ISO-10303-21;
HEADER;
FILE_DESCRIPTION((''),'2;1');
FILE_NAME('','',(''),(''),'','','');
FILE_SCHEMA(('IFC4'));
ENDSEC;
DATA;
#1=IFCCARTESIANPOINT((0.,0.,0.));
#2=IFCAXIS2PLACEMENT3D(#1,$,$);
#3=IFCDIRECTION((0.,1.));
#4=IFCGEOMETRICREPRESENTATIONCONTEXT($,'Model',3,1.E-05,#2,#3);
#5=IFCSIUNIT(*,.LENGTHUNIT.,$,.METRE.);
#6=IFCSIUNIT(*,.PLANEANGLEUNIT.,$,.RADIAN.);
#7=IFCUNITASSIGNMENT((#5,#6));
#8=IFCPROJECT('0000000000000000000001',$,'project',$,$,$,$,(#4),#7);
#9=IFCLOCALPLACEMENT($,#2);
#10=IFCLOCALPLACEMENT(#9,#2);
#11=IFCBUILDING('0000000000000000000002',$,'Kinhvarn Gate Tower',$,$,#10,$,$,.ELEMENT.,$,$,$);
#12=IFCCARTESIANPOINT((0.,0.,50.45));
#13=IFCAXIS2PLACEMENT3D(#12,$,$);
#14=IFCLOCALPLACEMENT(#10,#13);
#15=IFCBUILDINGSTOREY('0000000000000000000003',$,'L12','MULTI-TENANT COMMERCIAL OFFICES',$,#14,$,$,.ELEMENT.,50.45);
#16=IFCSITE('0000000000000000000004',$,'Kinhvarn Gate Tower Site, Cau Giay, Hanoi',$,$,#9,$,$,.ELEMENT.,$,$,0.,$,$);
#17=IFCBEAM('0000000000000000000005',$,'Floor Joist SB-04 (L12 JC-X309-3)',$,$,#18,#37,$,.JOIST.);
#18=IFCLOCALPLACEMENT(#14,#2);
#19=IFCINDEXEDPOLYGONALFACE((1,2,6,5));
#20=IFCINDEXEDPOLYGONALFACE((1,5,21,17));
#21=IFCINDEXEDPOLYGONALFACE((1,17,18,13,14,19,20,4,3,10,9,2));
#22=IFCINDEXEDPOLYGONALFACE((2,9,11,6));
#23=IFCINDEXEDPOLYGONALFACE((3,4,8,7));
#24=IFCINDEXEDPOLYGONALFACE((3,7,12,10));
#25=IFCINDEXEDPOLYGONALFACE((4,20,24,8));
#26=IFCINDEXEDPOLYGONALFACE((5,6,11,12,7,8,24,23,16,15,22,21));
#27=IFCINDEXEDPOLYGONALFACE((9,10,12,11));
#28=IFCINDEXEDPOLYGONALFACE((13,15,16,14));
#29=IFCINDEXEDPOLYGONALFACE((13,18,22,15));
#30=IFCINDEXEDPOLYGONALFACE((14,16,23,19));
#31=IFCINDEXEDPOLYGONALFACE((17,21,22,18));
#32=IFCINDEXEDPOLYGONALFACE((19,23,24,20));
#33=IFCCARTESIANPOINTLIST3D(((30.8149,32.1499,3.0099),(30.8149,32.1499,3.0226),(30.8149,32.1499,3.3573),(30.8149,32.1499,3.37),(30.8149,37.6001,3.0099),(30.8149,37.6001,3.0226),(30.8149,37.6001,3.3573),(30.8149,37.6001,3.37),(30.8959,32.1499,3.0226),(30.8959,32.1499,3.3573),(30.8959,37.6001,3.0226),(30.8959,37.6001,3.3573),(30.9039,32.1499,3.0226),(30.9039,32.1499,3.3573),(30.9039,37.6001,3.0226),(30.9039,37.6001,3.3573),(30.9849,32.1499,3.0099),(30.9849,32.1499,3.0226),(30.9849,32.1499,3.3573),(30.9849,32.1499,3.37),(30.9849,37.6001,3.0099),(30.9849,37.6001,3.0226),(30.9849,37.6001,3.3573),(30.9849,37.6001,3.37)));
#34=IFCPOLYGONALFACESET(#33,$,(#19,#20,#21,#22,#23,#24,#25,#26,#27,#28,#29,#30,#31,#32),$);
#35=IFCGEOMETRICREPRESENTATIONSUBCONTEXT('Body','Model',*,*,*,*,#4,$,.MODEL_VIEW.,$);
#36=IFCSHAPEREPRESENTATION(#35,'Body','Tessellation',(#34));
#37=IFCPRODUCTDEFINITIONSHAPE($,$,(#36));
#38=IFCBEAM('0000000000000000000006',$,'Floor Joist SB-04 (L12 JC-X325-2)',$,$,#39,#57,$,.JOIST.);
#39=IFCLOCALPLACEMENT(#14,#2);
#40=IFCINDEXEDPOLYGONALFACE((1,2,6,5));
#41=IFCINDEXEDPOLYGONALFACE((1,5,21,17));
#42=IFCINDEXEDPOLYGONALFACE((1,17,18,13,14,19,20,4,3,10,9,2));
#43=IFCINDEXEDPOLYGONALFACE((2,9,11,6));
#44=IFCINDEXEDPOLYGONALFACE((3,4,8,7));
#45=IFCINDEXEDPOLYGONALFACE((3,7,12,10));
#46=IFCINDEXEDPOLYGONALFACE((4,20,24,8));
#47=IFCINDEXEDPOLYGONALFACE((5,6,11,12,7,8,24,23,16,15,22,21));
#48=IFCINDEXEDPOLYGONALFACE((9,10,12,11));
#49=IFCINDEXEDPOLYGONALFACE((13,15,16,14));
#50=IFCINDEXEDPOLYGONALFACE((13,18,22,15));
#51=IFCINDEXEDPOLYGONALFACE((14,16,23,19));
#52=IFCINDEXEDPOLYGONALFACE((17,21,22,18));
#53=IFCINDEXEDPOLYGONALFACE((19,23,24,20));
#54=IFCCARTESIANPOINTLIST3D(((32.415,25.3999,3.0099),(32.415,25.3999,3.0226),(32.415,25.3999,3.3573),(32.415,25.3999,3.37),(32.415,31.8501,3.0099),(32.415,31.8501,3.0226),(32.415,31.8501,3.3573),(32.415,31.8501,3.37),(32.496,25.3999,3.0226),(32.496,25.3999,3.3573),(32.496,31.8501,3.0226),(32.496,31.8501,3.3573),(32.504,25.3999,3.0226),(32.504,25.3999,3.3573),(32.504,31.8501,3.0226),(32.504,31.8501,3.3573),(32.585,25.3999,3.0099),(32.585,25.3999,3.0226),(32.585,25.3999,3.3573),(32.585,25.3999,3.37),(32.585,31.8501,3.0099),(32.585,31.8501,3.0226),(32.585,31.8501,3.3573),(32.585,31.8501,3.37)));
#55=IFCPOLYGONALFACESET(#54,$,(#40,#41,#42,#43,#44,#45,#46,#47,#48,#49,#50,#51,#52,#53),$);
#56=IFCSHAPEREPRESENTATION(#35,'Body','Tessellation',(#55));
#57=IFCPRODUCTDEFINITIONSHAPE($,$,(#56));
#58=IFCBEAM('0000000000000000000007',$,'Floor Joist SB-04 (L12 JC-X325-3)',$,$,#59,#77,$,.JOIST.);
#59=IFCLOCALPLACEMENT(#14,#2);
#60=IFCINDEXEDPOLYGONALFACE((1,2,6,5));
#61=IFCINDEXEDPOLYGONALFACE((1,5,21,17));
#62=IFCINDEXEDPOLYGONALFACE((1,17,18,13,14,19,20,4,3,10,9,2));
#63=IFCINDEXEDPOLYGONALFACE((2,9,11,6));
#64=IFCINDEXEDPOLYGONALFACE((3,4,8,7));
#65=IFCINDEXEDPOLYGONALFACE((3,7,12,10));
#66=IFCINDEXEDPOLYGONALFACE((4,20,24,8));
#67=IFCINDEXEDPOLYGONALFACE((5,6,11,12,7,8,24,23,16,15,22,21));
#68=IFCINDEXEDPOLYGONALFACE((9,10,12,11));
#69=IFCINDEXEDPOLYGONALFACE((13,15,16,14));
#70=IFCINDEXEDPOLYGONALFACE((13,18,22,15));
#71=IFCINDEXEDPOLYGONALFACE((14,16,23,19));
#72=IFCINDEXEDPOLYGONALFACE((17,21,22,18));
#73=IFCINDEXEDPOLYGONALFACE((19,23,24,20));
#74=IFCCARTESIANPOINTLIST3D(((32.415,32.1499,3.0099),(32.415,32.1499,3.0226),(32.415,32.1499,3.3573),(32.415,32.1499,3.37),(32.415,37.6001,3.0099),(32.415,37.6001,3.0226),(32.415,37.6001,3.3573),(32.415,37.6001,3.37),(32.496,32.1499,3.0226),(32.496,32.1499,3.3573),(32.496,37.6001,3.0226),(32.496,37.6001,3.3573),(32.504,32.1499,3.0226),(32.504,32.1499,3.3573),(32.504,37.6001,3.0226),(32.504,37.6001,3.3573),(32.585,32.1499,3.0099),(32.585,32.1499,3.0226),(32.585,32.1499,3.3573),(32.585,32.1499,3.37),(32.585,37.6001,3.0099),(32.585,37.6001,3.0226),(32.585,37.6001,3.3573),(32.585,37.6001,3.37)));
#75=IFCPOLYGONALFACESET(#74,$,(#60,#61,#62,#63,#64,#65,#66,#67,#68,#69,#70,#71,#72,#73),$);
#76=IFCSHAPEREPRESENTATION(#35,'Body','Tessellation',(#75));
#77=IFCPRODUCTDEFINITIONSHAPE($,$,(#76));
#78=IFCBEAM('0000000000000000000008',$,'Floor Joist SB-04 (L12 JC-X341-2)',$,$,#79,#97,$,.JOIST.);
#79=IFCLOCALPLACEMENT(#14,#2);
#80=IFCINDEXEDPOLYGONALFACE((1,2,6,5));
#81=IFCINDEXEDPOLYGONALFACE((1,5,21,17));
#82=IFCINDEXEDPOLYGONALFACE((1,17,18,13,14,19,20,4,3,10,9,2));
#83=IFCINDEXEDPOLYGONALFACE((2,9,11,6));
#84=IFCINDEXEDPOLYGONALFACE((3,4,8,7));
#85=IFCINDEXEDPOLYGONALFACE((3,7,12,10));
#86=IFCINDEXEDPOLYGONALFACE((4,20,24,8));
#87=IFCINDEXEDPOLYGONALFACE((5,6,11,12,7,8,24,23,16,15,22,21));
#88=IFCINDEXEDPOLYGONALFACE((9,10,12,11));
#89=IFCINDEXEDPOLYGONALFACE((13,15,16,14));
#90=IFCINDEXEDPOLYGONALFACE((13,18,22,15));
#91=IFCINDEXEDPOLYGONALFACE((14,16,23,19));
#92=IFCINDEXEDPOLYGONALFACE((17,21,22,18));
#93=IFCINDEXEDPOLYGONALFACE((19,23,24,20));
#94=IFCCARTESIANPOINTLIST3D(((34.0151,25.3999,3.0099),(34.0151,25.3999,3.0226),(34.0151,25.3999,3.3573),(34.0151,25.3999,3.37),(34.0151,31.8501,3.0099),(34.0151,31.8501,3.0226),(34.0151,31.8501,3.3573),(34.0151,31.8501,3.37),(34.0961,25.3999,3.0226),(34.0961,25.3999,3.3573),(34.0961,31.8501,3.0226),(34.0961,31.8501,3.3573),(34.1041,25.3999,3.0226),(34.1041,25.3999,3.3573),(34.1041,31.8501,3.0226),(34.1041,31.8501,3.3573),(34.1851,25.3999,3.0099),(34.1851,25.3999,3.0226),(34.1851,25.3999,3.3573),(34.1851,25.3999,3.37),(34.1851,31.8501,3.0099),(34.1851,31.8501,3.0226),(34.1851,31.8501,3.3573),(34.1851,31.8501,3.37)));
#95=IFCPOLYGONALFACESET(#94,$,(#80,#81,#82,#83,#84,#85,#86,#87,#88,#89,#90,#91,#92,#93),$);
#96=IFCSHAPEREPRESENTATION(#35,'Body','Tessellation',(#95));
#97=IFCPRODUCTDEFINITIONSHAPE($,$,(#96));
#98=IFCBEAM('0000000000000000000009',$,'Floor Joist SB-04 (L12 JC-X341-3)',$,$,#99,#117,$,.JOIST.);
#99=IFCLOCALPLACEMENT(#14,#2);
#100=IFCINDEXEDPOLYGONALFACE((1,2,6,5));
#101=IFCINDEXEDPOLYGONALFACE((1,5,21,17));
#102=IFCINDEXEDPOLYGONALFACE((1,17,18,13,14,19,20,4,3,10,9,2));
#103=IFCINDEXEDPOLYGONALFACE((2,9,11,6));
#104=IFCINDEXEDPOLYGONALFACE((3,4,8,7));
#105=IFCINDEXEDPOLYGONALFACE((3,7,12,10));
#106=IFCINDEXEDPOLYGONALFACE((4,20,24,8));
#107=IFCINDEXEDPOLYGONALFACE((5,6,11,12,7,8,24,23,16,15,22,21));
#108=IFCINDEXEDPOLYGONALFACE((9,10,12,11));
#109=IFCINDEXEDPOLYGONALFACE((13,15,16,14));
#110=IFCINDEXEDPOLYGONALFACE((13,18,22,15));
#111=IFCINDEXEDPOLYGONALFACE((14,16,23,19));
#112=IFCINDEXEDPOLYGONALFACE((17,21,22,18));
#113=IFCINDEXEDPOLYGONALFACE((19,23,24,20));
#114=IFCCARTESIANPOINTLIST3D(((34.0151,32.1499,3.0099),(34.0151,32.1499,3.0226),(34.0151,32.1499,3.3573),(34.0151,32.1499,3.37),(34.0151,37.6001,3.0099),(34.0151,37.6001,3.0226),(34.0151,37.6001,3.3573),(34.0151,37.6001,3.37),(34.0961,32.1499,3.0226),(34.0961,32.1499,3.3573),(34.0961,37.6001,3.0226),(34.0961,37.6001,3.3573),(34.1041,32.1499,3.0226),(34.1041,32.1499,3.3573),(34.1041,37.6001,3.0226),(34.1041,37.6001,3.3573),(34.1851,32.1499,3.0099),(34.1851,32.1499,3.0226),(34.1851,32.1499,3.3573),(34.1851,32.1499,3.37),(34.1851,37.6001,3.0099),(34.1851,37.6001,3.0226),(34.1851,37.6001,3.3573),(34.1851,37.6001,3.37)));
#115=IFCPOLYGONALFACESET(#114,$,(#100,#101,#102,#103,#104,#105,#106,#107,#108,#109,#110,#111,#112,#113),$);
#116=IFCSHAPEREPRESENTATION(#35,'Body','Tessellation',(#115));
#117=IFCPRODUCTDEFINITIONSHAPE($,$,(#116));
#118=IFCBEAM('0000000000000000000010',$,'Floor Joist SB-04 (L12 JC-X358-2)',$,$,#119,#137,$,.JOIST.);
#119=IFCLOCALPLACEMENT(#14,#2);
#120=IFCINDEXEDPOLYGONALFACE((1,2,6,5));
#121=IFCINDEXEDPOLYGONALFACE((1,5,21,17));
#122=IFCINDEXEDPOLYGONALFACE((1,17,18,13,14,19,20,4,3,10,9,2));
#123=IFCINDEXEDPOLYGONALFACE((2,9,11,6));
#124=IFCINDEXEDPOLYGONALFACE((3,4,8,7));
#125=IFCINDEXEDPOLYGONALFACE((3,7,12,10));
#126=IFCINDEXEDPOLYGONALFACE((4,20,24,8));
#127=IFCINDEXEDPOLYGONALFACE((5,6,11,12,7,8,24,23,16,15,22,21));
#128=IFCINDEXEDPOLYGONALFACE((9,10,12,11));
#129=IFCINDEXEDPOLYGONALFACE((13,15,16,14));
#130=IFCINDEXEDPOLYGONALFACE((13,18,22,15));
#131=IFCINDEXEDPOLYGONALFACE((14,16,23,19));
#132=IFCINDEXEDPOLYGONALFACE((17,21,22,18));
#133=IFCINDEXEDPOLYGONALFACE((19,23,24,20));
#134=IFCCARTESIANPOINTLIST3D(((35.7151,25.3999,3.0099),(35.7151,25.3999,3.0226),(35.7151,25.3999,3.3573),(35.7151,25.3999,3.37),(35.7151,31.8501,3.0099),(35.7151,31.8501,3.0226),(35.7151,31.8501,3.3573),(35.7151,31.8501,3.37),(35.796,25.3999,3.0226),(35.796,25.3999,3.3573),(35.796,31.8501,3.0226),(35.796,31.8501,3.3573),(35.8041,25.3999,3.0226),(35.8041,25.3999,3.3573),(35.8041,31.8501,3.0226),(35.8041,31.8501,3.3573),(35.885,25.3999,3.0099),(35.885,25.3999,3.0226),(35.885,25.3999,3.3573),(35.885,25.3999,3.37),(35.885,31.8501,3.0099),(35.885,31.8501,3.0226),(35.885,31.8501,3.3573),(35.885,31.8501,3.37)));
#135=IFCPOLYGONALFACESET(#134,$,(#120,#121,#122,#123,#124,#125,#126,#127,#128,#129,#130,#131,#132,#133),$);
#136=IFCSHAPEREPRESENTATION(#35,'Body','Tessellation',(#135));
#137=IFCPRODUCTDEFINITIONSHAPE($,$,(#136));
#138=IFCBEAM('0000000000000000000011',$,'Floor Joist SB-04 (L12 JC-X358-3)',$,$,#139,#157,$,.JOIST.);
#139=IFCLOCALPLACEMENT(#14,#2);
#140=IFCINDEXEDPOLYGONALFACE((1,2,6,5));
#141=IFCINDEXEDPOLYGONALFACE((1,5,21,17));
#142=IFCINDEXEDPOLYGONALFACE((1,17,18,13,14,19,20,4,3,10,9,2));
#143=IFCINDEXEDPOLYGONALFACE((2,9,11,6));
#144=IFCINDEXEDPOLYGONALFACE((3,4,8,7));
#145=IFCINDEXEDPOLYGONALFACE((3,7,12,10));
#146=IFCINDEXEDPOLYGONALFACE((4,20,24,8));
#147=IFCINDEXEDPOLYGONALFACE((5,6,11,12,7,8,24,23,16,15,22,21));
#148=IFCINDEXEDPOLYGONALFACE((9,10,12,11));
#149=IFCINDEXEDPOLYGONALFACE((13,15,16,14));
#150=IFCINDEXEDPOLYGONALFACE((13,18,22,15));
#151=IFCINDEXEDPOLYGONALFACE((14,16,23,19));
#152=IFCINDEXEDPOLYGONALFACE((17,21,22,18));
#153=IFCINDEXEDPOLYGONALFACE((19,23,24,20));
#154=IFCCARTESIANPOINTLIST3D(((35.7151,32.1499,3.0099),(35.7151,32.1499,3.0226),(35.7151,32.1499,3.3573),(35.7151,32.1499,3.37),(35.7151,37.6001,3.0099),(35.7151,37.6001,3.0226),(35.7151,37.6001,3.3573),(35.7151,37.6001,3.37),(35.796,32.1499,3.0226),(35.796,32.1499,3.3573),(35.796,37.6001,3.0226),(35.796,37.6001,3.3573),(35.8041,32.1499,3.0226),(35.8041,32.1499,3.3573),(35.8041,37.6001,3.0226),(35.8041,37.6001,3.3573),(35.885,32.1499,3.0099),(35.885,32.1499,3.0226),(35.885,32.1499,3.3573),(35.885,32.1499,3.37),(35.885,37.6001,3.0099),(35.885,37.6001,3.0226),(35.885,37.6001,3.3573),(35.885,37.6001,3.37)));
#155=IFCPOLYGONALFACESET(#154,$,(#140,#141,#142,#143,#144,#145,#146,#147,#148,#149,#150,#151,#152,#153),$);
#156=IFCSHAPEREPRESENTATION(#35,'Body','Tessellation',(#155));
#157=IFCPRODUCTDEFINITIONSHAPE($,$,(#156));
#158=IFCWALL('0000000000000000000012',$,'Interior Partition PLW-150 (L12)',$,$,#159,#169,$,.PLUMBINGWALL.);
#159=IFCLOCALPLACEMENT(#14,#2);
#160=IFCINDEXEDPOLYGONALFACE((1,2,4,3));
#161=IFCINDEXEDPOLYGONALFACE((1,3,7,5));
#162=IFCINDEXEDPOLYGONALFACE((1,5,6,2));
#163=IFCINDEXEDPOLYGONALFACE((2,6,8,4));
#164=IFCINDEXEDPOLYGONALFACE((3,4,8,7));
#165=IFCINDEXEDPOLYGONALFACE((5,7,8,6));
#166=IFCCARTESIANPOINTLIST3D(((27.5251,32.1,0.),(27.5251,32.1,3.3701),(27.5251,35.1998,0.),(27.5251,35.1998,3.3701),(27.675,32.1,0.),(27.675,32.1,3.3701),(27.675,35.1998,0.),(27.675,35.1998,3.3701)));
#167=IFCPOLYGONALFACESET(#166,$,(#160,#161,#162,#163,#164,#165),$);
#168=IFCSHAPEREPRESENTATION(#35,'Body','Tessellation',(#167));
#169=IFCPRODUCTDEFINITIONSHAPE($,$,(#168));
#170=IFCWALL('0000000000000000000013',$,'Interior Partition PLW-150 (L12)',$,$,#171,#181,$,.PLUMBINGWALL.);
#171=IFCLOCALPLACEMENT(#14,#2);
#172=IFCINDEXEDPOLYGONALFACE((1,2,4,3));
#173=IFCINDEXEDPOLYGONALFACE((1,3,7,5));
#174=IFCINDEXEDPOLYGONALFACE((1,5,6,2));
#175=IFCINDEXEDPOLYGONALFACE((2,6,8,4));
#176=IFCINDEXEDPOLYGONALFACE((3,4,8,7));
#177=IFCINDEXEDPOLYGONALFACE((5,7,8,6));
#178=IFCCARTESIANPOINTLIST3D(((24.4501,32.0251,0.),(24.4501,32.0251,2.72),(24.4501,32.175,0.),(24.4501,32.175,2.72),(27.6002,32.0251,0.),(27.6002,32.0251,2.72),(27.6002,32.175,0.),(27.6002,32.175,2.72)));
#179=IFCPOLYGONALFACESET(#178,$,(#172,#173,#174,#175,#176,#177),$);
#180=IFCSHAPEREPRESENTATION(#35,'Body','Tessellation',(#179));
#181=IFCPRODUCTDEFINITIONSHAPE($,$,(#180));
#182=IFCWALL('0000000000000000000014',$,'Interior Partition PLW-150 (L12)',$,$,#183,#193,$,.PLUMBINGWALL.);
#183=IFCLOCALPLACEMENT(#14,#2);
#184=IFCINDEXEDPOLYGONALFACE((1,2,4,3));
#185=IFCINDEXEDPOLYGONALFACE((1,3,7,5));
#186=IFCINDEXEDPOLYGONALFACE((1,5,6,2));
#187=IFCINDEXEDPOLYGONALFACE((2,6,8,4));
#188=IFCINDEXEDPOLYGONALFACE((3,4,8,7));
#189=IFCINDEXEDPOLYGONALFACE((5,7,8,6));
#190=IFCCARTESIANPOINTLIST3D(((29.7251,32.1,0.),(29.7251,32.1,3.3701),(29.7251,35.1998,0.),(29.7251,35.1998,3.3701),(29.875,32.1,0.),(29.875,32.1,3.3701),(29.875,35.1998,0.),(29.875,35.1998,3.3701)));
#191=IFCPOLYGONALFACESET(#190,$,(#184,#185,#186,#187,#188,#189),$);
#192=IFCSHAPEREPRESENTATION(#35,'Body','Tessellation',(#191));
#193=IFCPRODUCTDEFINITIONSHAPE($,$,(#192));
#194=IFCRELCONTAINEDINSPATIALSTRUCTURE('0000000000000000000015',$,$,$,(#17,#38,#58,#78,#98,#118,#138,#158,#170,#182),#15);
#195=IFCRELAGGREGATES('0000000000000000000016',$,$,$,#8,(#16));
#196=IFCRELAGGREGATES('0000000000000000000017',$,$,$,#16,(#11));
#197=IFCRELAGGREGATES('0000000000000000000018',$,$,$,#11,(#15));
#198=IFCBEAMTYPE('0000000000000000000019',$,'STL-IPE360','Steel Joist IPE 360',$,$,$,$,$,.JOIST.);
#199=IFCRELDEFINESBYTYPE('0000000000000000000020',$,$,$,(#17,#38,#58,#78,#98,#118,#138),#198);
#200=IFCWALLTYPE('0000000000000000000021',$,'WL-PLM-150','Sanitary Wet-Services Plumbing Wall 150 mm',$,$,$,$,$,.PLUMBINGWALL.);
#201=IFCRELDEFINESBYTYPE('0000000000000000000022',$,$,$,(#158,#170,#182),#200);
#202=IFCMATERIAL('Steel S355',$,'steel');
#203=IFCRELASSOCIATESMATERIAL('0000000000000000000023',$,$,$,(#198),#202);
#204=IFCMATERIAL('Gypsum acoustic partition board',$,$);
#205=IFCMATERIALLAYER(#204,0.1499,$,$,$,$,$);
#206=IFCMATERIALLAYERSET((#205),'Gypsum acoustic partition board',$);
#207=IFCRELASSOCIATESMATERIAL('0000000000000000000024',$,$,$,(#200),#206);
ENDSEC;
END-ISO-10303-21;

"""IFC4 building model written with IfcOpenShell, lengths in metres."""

from ifc_helpers import new_model, si_unit, direction, frame, frame_2d, origin, origin_2d, place, context, subcontext, project, spatial, rectangle, i_section, extrude, material, layer, layer_set, material_profile, profile_set, type_object, element, save


model = new_model("IFC4")

# Units and contexts
model_context = context("Model", 3, precision=1e-05, world=origin(), true_north=direction((0.0, 1.0)))
body_context = subcontext(model_context, "Body", "Model", "MODEL_VIEW")
ifc_project = project(units=[si_unit("LENGTHUNIT", "METRE"), si_unit("PLANEANGLEUNIT", "RADIAN")], contexts=[model_context])

# Site, building, storey
site_placement = place(None, origin())
site = spatial("IfcSite", under=ifc_project, at=site_placement, Name="Kinhvarn Gate Tower Site, Cau Giay, Hanoi", CompositionType="ELEMENT", RefElevation=0.0)
building_placement = place(site_placement, origin())
building = spatial("IfcBuilding", under=site, at=building_placement, Name="Kinhvarn Gate Tower", CompositionType="ELEMENT")
storey_placement = place(building_placement, frame((0.0, 0.0, 50.45)))
storey = spatial("IfcBuildingStorey", under=building, at=storey_placement, Name="L12", Description="MULTI-TENANT COMMERCIAL OFFICES", CompositionType="ELEMENT", Elevation=50.45)

# Beams
ifc_material_1 = material(Name="Steel S355", Category="steel")
ifc_material_profile_1 = material_profile(ifc_material_1, i_section(OverallWidth=0.1699, OverallDepth=0.3601, WebThickness=0.0081, FlangeThickness=0.0127, at=origin_2d()), Name="IPE 360")
ifc_profile_set_1 = profile_set([ifc_material_profile_1], Name="Steel S355")
beam_type_1 = type_object("IfcBeamType", Name="STL-IPE360", Description="Steel Joist IPE 360", PredefinedType="JOIST", material=ifc_profile_set_1)
beam_1_placement = place(storey_placement, frame((30.8999, 32.1499, 3.1899), z_axis=(0.0, 1.0, 0.0), x_axis=(-1.0, 0.0, 0.0)))
element("IfcBeam", 1, at=beam_1_placement, inside=storey, type_object=beam_type_1, Name="Floor Joist SB-04 (L12 JC-X309-3)", PredefinedType="JOIST", context=body_context, shape_type="SweptSolid", body=[
    extrude(i_section(OverallWidth=0.1699, OverallDepth=0.3601, WebThickness=0.0081, FlangeThickness=0.0127, at=origin_2d()), origin(), (0.0, 0.0, 1.0), 5.4502),
])
beam_2_placement = place(storey_placement, frame((32.5, 25.3999, 3.1899), z_axis=(0.0, 1.0, 0.0), x_axis=(-1.0, 0.0, 0.0)))
element("IfcBeam", 2, at=beam_2_placement, inside=storey, type_object=beam_type_1, Name="Floor Joist SB-04 (L12 JC-X325-2)", PredefinedType="JOIST", context=body_context, shape_type="SweptSolid", body=[
    extrude(i_section(OverallWidth=0.1699, OverallDepth=0.3601, WebThickness=0.0081, FlangeThickness=0.0127, at=origin_2d()), origin(), (0.0, 0.0, 1.0), 6.4502),
])
beam_3_placement = place(storey_placement, frame((32.5, 32.1499, 3.1899), z_axis=(0.0, 1.0, 0.0), x_axis=(-1.0, 0.0, 0.0)))
element("IfcBeam", 3, at=beam_3_placement, inside=storey, type_object=beam_type_1, Name="Floor Joist SB-04 (L12 JC-X325-3)", PredefinedType="JOIST", context=body_context, shape_type="SweptSolid", body=[
    extrude(i_section(OverallWidth=0.1699, OverallDepth=0.3601, WebThickness=0.0081, FlangeThickness=0.0127, at=origin_2d()), origin(), (0.0, 0.0, 1.0), 5.4502),
])
beam_4_placement = place(storey_placement, frame((34.1001, 25.3999, 3.1899), z_axis=(0.0, 1.0, 0.0), x_axis=(-1.0, 0.0, 0.0)))
element("IfcBeam", 4, at=beam_4_placement, inside=storey, type_object=beam_type_1, Name="Floor Joist SB-04 (L12 JC-X341-2)", PredefinedType="JOIST", context=body_context, shape_type="SweptSolid", body=[
    extrude(i_section(OverallWidth=0.1699, OverallDepth=0.3601, WebThickness=0.0081, FlangeThickness=0.0127, at=origin_2d()), origin(), (0.0, 0.0, 1.0), 6.4502),
])
beam_5_placement = place(storey_placement, frame((34.1001, 32.1499, 3.1899), z_axis=(0.0, 1.0, 0.0), x_axis=(-1.0, 0.0, 0.0)))
element("IfcBeam", 5, at=beam_5_placement, inside=storey, type_object=beam_type_1, Name="Floor Joist SB-04 (L12 JC-X341-3)", PredefinedType="JOIST", context=body_context, shape_type="SweptSolid", body=[
    extrude(i_section(OverallWidth=0.1699, OverallDepth=0.3601, WebThickness=0.0081, FlangeThickness=0.0127, at=origin_2d()), origin(), (0.0, 0.0, 1.0), 5.4502),
])
beam_6_placement = place(storey_placement, frame((35.8, 25.3999, 3.1899), z_axis=(0.0, 1.0, 0.0), x_axis=(-1.0, 0.0, 0.0)))
element("IfcBeam", 6, at=beam_6_placement, inside=storey, type_object=beam_type_1, Name="Floor Joist SB-04 (L12 JC-X358-2)", PredefinedType="JOIST", context=body_context, shape_type="SweptSolid", body=[
    extrude(i_section(OverallWidth=0.1699, OverallDepth=0.3601, WebThickness=0.0081, FlangeThickness=0.0127, at=origin_2d()), origin(), (0.0, 0.0, 1.0), 6.4502),
])
beam_7_placement = place(storey_placement, frame((35.8, 32.1499, 3.1899), z_axis=(0.0, 1.0, 0.0), x_axis=(-1.0, 0.0, 0.0)))
element("IfcBeam", 7, at=beam_7_placement, inside=storey, type_object=beam_type_1, Name="Floor Joist SB-04 (L12 JC-X358-3)", PredefinedType="JOIST", context=body_context, shape_type="SweptSolid", body=[
    extrude(i_section(OverallWidth=0.1699, OverallDepth=0.3601, WebThickness=0.0081, FlangeThickness=0.0127, at=origin_2d()), origin(), (0.0, 0.0, 1.0), 5.4502),
])

# Walls
ifc_material_2 = material(Name="Gypsum acoustic partition board")
ifc_layer_1 = layer(ifc_material_2, 0.1499)
ifc_layer_set_1 = layer_set([ifc_layer_1], Name="Gypsum acoustic partition board")
wall_type_1 = type_object("IfcWallType", Name="WL-PLM-150", Description="Sanitary Wet-Services Plumbing Wall 150 mm", PredefinedType="PLUMBINGWALL", material=ifc_layer_set_1)
wall_1_placement = place(storey_placement, frame((27.6001, 32.1001, 0.0), z_axis=(0.0, 0.0, 1.0), x_axis=(0.0, 1.0, 0.0)))
element("IfcWall", 8, at=wall_1_placement, inside=storey, type_object=wall_type_1, Name="Interior Partition PLW-150 (L12)", PredefinedType="PLUMBINGWALL", context=body_context, shape_type="SweptSolid", body=[
    extrude(rectangle(XDim=3.0999, YDim=0.1499, at=frame_2d((1.5498, 0.0))), origin(), (0.0, 0.0, 1.0), 3.3701),
])
wall_2_placement = place(storey_placement, frame((24.45, 32.1001, 0.0), z_axis=(0.0, 0.0, 1.0), x_axis=(1.0, 0.0, 0.0)))
element("IfcWall", 9, at=wall_2_placement, inside=storey, type_object=wall_type_1, Name="Interior Partition PLW-150 (L12)", PredefinedType="PLUMBINGWALL", context=body_context, shape_type="SweptSolid", body=[
    extrude(rectangle(XDim=3.1501, YDim=0.1499, at=frame_2d((1.5752, 0.0))), origin(), (0.0, 0.0, 1.0), 2.72),
])
wall_3_placement = place(storey_placement, frame((29.8, 32.1001, 0.0), z_axis=(0.0, 0.0, 1.0), x_axis=(0.0, 1.0, 0.0)))
element("IfcWall", 10, at=wall_3_placement, inside=storey, type_object=wall_type_1, Name="Interior Partition PLW-150 (L12)", PredefinedType="PLUMBINGWALL", context=body_context, shape_type="SweptSolid", body=[
    extrude(rectangle(XDim=3.0999, YDim=0.1499, at=frame_2d((1.5498, 0.0))), origin(), (0.0, 0.0, 1.0), 3.3701),
])

save(model, "model.ifc")
